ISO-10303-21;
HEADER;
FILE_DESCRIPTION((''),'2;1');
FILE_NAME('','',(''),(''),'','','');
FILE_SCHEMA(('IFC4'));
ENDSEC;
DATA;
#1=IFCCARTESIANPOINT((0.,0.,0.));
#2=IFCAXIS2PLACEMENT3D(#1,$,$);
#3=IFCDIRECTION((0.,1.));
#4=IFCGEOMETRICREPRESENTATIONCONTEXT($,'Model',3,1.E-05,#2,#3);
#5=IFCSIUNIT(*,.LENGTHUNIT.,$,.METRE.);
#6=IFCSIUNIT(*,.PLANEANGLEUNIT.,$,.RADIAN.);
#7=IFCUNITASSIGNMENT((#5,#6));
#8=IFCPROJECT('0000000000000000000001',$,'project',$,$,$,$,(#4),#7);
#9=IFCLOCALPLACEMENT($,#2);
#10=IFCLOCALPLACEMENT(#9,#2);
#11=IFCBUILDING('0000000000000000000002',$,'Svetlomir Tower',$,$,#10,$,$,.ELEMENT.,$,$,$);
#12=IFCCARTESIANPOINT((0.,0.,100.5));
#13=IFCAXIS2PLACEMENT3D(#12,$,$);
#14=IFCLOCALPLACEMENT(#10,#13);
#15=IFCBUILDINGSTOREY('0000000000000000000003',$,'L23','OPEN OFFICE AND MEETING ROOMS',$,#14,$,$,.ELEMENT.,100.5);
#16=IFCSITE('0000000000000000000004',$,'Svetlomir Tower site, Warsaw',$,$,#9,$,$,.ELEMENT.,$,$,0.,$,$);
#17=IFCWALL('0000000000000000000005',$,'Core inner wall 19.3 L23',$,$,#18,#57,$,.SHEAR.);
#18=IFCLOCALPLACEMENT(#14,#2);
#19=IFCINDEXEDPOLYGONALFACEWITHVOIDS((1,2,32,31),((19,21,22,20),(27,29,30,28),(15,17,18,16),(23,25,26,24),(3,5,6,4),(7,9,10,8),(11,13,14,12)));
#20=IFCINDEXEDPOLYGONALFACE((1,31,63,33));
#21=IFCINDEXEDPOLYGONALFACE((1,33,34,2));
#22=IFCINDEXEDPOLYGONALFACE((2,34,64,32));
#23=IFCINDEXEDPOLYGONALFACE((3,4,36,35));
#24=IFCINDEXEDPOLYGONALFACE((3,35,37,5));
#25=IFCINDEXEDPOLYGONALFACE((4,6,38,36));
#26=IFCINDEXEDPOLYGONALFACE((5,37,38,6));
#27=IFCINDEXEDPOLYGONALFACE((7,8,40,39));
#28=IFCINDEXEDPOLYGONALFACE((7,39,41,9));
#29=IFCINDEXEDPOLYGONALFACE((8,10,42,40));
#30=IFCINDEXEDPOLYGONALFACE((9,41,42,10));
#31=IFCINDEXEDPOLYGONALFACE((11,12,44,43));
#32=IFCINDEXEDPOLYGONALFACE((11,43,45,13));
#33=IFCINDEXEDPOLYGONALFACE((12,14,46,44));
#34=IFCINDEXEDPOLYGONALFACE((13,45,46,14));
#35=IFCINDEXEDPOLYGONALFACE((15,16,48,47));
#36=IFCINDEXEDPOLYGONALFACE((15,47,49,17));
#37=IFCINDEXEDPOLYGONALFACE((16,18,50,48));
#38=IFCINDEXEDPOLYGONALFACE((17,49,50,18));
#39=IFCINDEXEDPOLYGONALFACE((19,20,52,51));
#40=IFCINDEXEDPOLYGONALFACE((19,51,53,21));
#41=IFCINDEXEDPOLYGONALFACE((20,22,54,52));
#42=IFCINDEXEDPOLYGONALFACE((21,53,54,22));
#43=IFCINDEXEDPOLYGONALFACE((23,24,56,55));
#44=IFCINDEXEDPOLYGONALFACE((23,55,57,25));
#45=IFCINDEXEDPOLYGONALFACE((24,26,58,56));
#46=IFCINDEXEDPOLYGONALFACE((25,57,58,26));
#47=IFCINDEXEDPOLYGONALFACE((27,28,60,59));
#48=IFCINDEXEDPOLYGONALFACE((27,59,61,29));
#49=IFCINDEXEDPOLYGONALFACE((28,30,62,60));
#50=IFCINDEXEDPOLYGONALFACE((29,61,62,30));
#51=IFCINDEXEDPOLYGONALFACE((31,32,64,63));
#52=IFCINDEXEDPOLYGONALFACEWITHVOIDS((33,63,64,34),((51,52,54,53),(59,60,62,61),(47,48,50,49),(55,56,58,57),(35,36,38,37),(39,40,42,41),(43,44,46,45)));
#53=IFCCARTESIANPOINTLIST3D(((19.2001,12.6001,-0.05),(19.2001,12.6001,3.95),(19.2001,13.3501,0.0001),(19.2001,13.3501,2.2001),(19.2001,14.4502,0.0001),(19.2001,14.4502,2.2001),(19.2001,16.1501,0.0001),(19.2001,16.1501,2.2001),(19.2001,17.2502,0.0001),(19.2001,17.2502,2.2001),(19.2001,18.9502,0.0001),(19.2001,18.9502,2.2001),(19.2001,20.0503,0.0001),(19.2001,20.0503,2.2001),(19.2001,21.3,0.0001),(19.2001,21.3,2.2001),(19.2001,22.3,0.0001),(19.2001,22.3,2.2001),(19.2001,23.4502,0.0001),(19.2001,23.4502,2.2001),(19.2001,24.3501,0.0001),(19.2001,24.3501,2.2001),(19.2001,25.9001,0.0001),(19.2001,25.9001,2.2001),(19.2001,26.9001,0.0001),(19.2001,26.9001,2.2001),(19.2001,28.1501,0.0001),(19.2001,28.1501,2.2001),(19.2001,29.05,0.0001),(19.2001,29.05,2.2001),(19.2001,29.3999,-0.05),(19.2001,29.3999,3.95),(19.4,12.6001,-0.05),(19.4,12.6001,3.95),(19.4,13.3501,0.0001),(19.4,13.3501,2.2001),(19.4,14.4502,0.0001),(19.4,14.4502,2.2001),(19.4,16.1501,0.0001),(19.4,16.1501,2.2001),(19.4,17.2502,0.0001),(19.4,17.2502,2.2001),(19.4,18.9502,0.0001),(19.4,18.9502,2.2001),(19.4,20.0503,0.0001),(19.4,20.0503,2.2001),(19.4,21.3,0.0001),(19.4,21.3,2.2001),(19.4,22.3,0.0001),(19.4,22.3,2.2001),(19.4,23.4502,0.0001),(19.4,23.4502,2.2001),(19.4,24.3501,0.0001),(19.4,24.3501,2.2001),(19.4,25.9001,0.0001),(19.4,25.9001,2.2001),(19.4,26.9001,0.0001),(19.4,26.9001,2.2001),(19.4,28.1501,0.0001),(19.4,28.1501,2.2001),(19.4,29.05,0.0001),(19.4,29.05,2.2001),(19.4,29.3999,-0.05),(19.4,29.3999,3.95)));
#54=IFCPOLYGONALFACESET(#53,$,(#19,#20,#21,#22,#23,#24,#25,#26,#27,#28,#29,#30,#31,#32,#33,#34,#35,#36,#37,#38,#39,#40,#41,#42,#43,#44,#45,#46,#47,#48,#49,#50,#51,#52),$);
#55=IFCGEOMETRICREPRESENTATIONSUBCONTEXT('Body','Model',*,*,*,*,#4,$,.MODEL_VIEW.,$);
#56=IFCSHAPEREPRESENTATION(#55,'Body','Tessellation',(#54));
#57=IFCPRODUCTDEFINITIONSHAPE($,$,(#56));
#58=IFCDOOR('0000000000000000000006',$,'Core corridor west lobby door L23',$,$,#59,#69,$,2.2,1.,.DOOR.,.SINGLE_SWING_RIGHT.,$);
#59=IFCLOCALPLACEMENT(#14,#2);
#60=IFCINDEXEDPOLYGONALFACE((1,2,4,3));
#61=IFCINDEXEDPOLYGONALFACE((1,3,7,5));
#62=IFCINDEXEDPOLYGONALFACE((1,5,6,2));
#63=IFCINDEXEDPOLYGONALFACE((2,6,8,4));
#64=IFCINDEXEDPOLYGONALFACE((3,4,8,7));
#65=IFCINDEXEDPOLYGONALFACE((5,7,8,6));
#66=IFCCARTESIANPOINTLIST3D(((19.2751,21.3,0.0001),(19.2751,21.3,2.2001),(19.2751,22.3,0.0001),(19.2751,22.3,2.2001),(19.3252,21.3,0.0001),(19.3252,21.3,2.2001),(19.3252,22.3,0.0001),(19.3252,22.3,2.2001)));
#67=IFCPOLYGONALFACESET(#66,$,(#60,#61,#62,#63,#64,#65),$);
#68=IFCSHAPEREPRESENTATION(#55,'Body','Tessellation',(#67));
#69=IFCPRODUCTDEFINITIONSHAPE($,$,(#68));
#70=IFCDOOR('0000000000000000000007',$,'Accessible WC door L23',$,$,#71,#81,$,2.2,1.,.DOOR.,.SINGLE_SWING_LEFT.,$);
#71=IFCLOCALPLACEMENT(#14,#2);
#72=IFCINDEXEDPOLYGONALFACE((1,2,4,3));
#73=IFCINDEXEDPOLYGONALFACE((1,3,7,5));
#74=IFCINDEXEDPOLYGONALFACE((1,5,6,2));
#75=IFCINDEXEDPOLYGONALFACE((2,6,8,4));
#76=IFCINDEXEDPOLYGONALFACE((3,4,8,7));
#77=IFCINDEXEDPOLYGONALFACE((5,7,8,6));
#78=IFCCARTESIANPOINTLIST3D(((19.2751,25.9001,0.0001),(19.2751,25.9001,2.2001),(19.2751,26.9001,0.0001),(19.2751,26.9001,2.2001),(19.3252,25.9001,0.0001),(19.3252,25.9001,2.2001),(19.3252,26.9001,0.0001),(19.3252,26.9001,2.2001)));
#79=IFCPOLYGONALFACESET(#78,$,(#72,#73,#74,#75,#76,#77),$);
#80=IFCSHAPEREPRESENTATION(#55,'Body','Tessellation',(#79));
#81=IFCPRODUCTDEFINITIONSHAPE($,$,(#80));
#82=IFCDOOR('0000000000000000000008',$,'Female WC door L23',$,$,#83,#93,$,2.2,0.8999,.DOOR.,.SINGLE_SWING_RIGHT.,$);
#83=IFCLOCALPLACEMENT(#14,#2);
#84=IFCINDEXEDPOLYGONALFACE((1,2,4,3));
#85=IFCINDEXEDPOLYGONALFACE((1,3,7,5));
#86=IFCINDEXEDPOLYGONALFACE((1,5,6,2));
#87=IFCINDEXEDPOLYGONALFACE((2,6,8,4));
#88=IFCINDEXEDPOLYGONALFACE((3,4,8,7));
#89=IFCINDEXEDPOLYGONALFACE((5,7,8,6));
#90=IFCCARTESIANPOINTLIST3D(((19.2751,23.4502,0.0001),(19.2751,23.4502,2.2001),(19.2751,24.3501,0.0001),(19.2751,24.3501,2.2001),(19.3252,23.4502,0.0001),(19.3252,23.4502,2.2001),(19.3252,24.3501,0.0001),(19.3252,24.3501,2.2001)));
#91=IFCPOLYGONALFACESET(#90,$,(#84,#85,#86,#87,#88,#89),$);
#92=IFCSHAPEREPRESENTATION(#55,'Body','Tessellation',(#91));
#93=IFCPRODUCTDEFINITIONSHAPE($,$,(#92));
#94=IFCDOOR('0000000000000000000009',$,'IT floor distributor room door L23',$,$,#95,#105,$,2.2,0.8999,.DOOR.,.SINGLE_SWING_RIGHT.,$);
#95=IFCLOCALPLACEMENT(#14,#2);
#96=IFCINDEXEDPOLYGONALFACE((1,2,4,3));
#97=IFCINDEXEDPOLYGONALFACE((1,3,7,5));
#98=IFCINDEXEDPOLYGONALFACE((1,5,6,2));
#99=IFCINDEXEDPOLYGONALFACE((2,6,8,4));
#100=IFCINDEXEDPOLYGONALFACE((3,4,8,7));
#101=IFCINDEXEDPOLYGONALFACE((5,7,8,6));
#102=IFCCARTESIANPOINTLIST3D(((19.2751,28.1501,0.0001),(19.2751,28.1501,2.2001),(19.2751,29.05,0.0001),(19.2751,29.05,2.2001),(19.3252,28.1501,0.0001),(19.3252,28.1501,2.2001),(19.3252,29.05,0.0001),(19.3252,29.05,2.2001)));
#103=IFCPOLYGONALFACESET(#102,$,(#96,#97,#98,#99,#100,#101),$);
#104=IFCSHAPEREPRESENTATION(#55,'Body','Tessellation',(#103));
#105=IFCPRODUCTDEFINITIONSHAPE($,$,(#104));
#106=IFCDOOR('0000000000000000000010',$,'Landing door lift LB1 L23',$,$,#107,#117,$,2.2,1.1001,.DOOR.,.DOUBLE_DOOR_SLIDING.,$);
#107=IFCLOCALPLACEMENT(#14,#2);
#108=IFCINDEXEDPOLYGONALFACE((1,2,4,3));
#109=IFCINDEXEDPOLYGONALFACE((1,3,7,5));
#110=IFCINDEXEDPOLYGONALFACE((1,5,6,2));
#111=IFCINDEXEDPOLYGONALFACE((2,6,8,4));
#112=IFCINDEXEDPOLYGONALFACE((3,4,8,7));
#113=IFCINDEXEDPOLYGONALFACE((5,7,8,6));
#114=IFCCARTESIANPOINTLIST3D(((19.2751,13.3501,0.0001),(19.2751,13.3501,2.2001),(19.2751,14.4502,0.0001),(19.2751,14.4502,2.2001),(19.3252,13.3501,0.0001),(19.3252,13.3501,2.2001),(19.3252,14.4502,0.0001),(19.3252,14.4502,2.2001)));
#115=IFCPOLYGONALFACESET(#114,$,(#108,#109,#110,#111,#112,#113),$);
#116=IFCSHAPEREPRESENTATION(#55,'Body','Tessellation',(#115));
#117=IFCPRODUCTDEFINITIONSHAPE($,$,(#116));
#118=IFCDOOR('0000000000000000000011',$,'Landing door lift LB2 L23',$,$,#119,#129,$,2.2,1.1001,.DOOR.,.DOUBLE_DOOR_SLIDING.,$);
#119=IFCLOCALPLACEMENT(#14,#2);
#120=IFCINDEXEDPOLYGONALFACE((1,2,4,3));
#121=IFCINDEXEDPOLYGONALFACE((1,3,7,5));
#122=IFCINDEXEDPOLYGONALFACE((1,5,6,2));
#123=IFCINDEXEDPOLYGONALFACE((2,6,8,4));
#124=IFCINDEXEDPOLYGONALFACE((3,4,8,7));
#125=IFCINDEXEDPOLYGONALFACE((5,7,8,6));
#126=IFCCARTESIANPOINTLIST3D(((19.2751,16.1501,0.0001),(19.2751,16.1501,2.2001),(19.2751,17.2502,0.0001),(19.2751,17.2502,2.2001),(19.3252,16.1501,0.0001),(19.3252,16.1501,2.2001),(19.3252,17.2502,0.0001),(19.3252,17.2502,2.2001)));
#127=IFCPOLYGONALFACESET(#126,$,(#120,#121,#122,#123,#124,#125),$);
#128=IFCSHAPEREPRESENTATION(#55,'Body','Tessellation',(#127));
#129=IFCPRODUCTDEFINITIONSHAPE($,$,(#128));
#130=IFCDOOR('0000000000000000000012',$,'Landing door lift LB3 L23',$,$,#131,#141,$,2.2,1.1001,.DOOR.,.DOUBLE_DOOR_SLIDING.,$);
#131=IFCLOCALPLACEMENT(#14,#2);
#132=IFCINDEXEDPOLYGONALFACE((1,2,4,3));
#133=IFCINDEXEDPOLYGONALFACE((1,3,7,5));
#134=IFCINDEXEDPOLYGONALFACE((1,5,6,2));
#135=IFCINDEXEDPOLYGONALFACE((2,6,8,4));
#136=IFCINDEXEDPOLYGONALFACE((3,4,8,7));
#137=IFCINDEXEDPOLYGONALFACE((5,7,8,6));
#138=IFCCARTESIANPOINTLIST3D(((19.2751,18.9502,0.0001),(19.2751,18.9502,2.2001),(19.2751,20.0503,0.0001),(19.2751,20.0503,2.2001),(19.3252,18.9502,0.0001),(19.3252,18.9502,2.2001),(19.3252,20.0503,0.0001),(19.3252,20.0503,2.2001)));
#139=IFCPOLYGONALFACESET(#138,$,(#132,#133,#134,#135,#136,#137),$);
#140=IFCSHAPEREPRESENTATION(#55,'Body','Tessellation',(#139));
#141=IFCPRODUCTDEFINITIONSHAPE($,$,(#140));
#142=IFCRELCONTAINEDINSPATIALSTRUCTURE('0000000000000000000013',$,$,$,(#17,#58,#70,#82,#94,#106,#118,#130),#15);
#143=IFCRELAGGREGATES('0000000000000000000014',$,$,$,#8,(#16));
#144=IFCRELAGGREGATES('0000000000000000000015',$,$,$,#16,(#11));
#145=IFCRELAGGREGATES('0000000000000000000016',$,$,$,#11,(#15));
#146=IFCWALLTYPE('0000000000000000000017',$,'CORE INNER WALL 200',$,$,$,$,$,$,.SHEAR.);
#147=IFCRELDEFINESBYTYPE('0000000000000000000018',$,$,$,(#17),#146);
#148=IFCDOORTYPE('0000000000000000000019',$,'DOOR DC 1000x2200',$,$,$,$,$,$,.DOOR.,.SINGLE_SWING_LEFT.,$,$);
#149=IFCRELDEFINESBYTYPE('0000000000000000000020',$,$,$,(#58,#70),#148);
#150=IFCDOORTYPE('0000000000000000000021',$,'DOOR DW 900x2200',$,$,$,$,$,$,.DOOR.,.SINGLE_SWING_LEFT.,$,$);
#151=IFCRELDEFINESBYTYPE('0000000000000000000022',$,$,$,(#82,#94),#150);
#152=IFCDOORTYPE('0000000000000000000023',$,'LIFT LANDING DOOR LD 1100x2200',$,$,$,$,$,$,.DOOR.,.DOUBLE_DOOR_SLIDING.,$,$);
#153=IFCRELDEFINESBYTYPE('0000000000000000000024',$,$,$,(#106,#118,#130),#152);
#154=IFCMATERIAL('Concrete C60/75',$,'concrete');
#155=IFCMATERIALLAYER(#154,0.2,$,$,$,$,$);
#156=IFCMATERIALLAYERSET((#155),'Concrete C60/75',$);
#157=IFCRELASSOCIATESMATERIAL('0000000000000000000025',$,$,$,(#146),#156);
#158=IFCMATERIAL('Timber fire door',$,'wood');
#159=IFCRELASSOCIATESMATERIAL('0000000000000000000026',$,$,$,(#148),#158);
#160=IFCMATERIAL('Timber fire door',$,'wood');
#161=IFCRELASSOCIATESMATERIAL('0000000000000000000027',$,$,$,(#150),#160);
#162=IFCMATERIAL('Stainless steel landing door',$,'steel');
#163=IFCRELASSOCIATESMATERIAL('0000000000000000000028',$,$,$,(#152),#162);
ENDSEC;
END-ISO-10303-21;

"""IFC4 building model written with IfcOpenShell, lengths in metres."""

from ifc_helpers import new_model, si_unit, direction, frame, frame_2d, origin, place, context, subcontext, project, spatial, rectangle, extrude, material, layer, layer_set, type_object, element, fill, save


model = new_model("IFC4")

# Units and contexts
model_context = context("Model", 3, precision=1e-05, world=origin(), true_north=direction((0.0, 1.0)))
body_context = subcontext(model_context, "Body", "Model", "MODEL_VIEW")
ifc_project = project(units=[si_unit("LENGTHUNIT", "METRE"), si_unit("PLANEANGLEUNIT", "RADIAN")], contexts=[model_context])

# Site, building, storey
site_placement = place(None, origin())
site = spatial("IfcSite", under=ifc_project, at=site_placement, Name="Svetlomir Tower site, Warsaw", CompositionType="ELEMENT", RefElevation=0.0)
building_placement = place(site_placement, origin())
building = spatial("IfcBuilding", under=site, at=building_placement, Name="Svetlomir Tower", CompositionType="ELEMENT")
storey_placement = place(building_placement, frame((0.0, 0.0, 100.5)))
storey = spatial("IfcBuildingStorey", under=building, at=storey_placement, Name="L23", Description="OPEN OFFICE AND MEETING ROOMS", CompositionType="ELEMENT", Elevation=100.5)

# Wall, openings, doors
ifc_material_1 = material(Name="Concrete C60/75", Category="concrete")
ifc_layer_1 = layer(ifc_material_1, 0.2)
ifc_layer_set_1 = layer_set([ifc_layer_1], Name="Concrete C60/75")
wall_type_1 = type_object("IfcWallType", Name="CORE INNER WALL 200", PredefinedType="SHEAR", material=ifc_layer_set_1)
wall_1_placement = place(storey_placement, frame((19.3, 12.6001, -0.05), z_axis=(0.0, 0.0, 1.0), x_axis=(0.0, 1.0, 0.0)))
wall_1 = element("IfcWall", 1, at=wall_1_placement, inside=storey, type_object=wall_type_1, Name="Core inner wall 19.3 L23", PredefinedType="SHEAR", context=body_context, shape_type="SweptSolid", body=[
    extrude(rectangle(XDim=16.7998, YDim=0.2, at=frame_2d((8.3999, 0.0))), origin(), (0.0, 0.0, 1.0), 4.0),
])
opening_1_placement = place(wall_1_placement, frame((8.7, 0.0, 0.05)))
opening_1 = element("IfcOpeningElement", 2, at=opening_1_placement, cuts=wall_1, PredefinedType="OPENING", context=body_context, shape_type="SweptSolid", body=[
    extrude(rectangle(XDim=1.0, YDim=2.2, at=frame_2d((0.5, 1.1001))), frame((0.0, 0.1099, 0.0), z_axis=(0.0, -1.0, 0.0), x_axis=(1.0, 0.0, 0.0)), (0.0, 0.0, 1.0), 0.22),
])
opening_2_placement = place(wall_1_placement, frame((10.8501, 0.0, 0.05)))
opening_2 = element("IfcOpeningElement", 3, at=opening_2_placement, cuts=wall_1, PredefinedType="OPENING", context=body_context, shape_type="SweptSolid", body=[
    extrude(rectangle(XDim=0.8999, YDim=2.2, at=frame_2d((0.45, 1.1001))), frame((0.0, 0.1099, 0.0), z_axis=(0.0, -1.0, 0.0), x_axis=(1.0, 0.0, 0.0)), (0.0, 0.0, 1.0), 0.22),
])
opening_3_placement = place(wall_1_placement, frame((13.3, 0.0, 0.05)))
opening_3 = element("IfcOpeningElement", 4, at=opening_3_placement, cuts=wall_1, PredefinedType="OPENING", context=body_context, shape_type="SweptSolid", body=[
    extrude(rectangle(XDim=1.0, YDim=2.2, at=frame_2d((0.5, 1.1001))), frame((0.0, 0.1099, 0.0), z_axis=(0.0, -1.0, 0.0), x_axis=(1.0, 0.0, 0.0)), (0.0, 0.0, 1.0), 0.22),
])
opening_4_placement = place(wall_1_placement, frame((15.55, 0.0, 0.05)))
opening_4 = element("IfcOpeningElement", 5, at=opening_4_placement, cuts=wall_1, PredefinedType="OPENING", context=body_context, shape_type="SweptSolid", body=[
    extrude(rectangle(XDim=0.8999, YDim=2.2, at=frame_2d((0.45, 1.1001))), frame((0.0, 0.1099, 0.0), z_axis=(0.0, -1.0, 0.0), x_axis=(1.0, 0.0, 0.0)), (0.0, 0.0, 1.0), 0.22),
])
opening_5_placement = place(wall_1_placement, frame((0.75, 0.0, 0.05)))
opening_5 = element("IfcOpeningElement", 6, at=opening_5_placement, cuts=wall_1, PredefinedType="OPENING", context=body_context, shape_type="SweptSolid", body=[
    extrude(rectangle(XDim=1.1001, YDim=2.2, at=frame_2d((0.55, 1.1001))), frame((0.0, 0.1099, 0.0), z_axis=(0.0, -1.0, 0.0), x_axis=(1.0, 0.0, 0.0)), (0.0, 0.0, 1.0), 0.22),
])
opening_6_placement = place(wall_1_placement, frame((3.55, 0.0, 0.05)))
opening_6 = element("IfcOpeningElement", 7, at=opening_6_placement, cuts=wall_1, PredefinedType="OPENING", context=body_context, shape_type="SweptSolid", body=[
    extrude(rectangle(XDim=1.1001, YDim=2.2, at=frame_2d((0.55, 1.1001))), frame((0.0, 0.1099, 0.0), z_axis=(0.0, -1.0, 0.0), x_axis=(1.0, 0.0, 0.0)), (0.0, 0.0, 1.0), 0.22),
])
opening_7_placement = place(wall_1_placement, frame((6.3501, 0.0, 0.05)))
opening_7 = element("IfcOpeningElement", 8, at=opening_7_placement, cuts=wall_1, PredefinedType="OPENING", context=body_context, shape_type="SweptSolid", body=[
    extrude(rectangle(XDim=1.1001, YDim=2.2, at=frame_2d((0.55, 1.1001))), frame((0.0, 0.1099, 0.0), z_axis=(0.0, -1.0, 0.0), x_axis=(1.0, 0.0, 0.0)), (0.0, 0.0, 1.0), 0.22),
])
ifc_material_2 = material(Name="Timber fire door", Category="wood")
door_type_1 = type_object("IfcDoorType", Name="DOOR DC 1000x2200", OperationType="SINGLE_SWING_LEFT", PredefinedType="DOOR", material=ifc_material_2)
door_1_placement = place(opening_1_placement, origin())
door_1 = element("IfcDoor", 9, at=door_1_placement, inside=storey, type_object=door_type_1, Name="Core corridor west lobby door L23", OperationType="SINGLE_SWING_RIGHT", OverallHeight=2.2, OverallWidth=1.0, PredefinedType="DOOR", context=body_context, shape_type="SweptSolid", body=[
    extrude(rectangle(XDim=1.0, YDim=2.2, at=frame_2d((0.5, 1.1001))), frame((0.0, 0.0249, 0.0), z_axis=(0.0, -1.0, 0.0), x_axis=(1.0, 0.0, 0.0)), (0.0, 0.0, 1.0), 0.05),
])
fill(opening_1, door_1)
door_2_placement = place(opening_3_placement, origin())
door_2 = element("IfcDoor", 10, at=door_2_placement, inside=storey, type_object=door_type_1, Name="Accessible WC door L23", OperationType="SINGLE_SWING_LEFT", OverallHeight=2.2, OverallWidth=1.0, PredefinedType="DOOR", context=body_context, shape_type="SweptSolid", body=[
    extrude(rectangle(XDim=1.0, YDim=2.2, at=frame_2d((0.5, 1.1001))), frame((0.0, 0.0249, 0.0), z_axis=(0.0, -1.0, 0.0), x_axis=(1.0, 0.0, 0.0)), (0.0, 0.0, 1.0), 0.05),
])
fill(opening_3, door_2)
ifc_material_3 = material(Name="Timber fire door", Category="wood")
door_type_2 = type_object("IfcDoorType", Name="DOOR DW 900x2200", OperationType="SINGLE_SWING_LEFT", PredefinedType="DOOR", material=ifc_material_3)
door_3_placement = place(opening_2_placement, origin())
door_3 = element("IfcDoor", 11, at=door_3_placement, inside=storey, type_object=door_type_2, Name="Female WC door L23", OperationType="SINGLE_SWING_RIGHT", OverallHeight=2.2, OverallWidth=0.8999, PredefinedType="DOOR", context=body_context, shape_type="SweptSolid", body=[
    extrude(rectangle(XDim=0.8999, YDim=2.2, at=frame_2d((0.45, 1.1001))), frame((0.0, 0.0249, 0.0), z_axis=(0.0, -1.0, 0.0), x_axis=(1.0, 0.0, 0.0)), (0.0, 0.0, 1.0), 0.05),
])
fill(opening_2, door_3)
door_4_placement = place(opening_4_placement, origin())
door_4 = element("IfcDoor", 12, at=door_4_placement, inside=storey, type_object=door_type_2, Name="IT floor distributor room door L23", OperationType="SINGLE_SWING_RIGHT", OverallHeight=2.2, OverallWidth=0.8999, PredefinedType="DOOR", context=body_context, shape_type="SweptSolid", body=[
    extrude(rectangle(XDim=0.8999, YDim=2.2, at=frame_2d((0.45, 1.1001))), frame((0.0, 0.0249, 0.0), z_axis=(0.0, -1.0, 0.0), x_axis=(1.0, 0.0, 0.0)), (0.0, 0.0, 1.0), 0.05),
])
fill(opening_4, door_4)
ifc_material_4 = material(Name="Stainless steel landing door", Category="steel")
door_type_3 = type_object("IfcDoorType", Name="LIFT LANDING DOOR LD 1100x2200", OperationType="DOUBLE_DOOR_SLIDING", PredefinedType="DOOR", material=ifc_material_4)
door_5_placement = place(opening_5_placement, origin())
door_5 = element("IfcDoor", 13, at=door_5_placement, inside=storey, type_object=door_type_3, Name="Landing door lift LB1 L23", OperationType="DOUBLE_DOOR_SLIDING", OverallHeight=2.2, OverallWidth=1.1001, PredefinedType="DOOR", context=body_context, shape_type="SweptSolid", body=[
    extrude(rectangle(XDim=1.1001, YDim=2.2, at=frame_2d((0.55, 1.1001))), frame((0.0, 0.0249, 0.0), z_axis=(0.0, -1.0, 0.0), x_axis=(1.0, 0.0, 0.0)), (0.0, 0.0, 1.0), 0.05),
])
fill(opening_5, door_5)
door_6_placement = place(opening_6_placement, origin())
door_6 = element("IfcDoor", 14, at=door_6_placement, inside=storey, type_object=door_type_3, Name="Landing door lift LB2 L23", OperationType="DOUBLE_DOOR_SLIDING", OverallHeight=2.2, OverallWidth=1.1001, PredefinedType="DOOR", context=body_context, shape_type="SweptSolid", body=[
    extrude(rectangle(XDim=1.1001, YDim=2.2, at=frame_2d((0.55, 1.1001))), frame((0.0, 0.0249, 0.0), z_axis=(0.0, -1.0, 0.0), x_axis=(1.0, 0.0, 0.0)), (0.0, 0.0, 1.0), 0.05),
])
fill(opening_6, door_6)
door_7_placement = place(opening_7_placement, origin())
door_7 = element("IfcDoor", 15, at=door_7_placement, inside=storey, type_object=door_type_3, Name="Landing door lift LB3 L23", OperationType="DOUBLE_DOOR_SLIDING", OverallHeight=2.2, OverallWidth=1.1001, PredefinedType="DOOR", context=body_context, shape_type="SweptSolid", body=[
    extrude(rectangle(XDim=1.1001, YDim=2.2, at=frame_2d((0.55, 1.1001))), frame((0.0, 0.0249, 0.0), z_axis=(0.0, -1.0, 0.0), x_axis=(1.0, 0.0, 0.0)), (0.0, 0.0, 1.0), 0.05),
])
fill(opening_7, door_7)

save(model, "model.ifc")
